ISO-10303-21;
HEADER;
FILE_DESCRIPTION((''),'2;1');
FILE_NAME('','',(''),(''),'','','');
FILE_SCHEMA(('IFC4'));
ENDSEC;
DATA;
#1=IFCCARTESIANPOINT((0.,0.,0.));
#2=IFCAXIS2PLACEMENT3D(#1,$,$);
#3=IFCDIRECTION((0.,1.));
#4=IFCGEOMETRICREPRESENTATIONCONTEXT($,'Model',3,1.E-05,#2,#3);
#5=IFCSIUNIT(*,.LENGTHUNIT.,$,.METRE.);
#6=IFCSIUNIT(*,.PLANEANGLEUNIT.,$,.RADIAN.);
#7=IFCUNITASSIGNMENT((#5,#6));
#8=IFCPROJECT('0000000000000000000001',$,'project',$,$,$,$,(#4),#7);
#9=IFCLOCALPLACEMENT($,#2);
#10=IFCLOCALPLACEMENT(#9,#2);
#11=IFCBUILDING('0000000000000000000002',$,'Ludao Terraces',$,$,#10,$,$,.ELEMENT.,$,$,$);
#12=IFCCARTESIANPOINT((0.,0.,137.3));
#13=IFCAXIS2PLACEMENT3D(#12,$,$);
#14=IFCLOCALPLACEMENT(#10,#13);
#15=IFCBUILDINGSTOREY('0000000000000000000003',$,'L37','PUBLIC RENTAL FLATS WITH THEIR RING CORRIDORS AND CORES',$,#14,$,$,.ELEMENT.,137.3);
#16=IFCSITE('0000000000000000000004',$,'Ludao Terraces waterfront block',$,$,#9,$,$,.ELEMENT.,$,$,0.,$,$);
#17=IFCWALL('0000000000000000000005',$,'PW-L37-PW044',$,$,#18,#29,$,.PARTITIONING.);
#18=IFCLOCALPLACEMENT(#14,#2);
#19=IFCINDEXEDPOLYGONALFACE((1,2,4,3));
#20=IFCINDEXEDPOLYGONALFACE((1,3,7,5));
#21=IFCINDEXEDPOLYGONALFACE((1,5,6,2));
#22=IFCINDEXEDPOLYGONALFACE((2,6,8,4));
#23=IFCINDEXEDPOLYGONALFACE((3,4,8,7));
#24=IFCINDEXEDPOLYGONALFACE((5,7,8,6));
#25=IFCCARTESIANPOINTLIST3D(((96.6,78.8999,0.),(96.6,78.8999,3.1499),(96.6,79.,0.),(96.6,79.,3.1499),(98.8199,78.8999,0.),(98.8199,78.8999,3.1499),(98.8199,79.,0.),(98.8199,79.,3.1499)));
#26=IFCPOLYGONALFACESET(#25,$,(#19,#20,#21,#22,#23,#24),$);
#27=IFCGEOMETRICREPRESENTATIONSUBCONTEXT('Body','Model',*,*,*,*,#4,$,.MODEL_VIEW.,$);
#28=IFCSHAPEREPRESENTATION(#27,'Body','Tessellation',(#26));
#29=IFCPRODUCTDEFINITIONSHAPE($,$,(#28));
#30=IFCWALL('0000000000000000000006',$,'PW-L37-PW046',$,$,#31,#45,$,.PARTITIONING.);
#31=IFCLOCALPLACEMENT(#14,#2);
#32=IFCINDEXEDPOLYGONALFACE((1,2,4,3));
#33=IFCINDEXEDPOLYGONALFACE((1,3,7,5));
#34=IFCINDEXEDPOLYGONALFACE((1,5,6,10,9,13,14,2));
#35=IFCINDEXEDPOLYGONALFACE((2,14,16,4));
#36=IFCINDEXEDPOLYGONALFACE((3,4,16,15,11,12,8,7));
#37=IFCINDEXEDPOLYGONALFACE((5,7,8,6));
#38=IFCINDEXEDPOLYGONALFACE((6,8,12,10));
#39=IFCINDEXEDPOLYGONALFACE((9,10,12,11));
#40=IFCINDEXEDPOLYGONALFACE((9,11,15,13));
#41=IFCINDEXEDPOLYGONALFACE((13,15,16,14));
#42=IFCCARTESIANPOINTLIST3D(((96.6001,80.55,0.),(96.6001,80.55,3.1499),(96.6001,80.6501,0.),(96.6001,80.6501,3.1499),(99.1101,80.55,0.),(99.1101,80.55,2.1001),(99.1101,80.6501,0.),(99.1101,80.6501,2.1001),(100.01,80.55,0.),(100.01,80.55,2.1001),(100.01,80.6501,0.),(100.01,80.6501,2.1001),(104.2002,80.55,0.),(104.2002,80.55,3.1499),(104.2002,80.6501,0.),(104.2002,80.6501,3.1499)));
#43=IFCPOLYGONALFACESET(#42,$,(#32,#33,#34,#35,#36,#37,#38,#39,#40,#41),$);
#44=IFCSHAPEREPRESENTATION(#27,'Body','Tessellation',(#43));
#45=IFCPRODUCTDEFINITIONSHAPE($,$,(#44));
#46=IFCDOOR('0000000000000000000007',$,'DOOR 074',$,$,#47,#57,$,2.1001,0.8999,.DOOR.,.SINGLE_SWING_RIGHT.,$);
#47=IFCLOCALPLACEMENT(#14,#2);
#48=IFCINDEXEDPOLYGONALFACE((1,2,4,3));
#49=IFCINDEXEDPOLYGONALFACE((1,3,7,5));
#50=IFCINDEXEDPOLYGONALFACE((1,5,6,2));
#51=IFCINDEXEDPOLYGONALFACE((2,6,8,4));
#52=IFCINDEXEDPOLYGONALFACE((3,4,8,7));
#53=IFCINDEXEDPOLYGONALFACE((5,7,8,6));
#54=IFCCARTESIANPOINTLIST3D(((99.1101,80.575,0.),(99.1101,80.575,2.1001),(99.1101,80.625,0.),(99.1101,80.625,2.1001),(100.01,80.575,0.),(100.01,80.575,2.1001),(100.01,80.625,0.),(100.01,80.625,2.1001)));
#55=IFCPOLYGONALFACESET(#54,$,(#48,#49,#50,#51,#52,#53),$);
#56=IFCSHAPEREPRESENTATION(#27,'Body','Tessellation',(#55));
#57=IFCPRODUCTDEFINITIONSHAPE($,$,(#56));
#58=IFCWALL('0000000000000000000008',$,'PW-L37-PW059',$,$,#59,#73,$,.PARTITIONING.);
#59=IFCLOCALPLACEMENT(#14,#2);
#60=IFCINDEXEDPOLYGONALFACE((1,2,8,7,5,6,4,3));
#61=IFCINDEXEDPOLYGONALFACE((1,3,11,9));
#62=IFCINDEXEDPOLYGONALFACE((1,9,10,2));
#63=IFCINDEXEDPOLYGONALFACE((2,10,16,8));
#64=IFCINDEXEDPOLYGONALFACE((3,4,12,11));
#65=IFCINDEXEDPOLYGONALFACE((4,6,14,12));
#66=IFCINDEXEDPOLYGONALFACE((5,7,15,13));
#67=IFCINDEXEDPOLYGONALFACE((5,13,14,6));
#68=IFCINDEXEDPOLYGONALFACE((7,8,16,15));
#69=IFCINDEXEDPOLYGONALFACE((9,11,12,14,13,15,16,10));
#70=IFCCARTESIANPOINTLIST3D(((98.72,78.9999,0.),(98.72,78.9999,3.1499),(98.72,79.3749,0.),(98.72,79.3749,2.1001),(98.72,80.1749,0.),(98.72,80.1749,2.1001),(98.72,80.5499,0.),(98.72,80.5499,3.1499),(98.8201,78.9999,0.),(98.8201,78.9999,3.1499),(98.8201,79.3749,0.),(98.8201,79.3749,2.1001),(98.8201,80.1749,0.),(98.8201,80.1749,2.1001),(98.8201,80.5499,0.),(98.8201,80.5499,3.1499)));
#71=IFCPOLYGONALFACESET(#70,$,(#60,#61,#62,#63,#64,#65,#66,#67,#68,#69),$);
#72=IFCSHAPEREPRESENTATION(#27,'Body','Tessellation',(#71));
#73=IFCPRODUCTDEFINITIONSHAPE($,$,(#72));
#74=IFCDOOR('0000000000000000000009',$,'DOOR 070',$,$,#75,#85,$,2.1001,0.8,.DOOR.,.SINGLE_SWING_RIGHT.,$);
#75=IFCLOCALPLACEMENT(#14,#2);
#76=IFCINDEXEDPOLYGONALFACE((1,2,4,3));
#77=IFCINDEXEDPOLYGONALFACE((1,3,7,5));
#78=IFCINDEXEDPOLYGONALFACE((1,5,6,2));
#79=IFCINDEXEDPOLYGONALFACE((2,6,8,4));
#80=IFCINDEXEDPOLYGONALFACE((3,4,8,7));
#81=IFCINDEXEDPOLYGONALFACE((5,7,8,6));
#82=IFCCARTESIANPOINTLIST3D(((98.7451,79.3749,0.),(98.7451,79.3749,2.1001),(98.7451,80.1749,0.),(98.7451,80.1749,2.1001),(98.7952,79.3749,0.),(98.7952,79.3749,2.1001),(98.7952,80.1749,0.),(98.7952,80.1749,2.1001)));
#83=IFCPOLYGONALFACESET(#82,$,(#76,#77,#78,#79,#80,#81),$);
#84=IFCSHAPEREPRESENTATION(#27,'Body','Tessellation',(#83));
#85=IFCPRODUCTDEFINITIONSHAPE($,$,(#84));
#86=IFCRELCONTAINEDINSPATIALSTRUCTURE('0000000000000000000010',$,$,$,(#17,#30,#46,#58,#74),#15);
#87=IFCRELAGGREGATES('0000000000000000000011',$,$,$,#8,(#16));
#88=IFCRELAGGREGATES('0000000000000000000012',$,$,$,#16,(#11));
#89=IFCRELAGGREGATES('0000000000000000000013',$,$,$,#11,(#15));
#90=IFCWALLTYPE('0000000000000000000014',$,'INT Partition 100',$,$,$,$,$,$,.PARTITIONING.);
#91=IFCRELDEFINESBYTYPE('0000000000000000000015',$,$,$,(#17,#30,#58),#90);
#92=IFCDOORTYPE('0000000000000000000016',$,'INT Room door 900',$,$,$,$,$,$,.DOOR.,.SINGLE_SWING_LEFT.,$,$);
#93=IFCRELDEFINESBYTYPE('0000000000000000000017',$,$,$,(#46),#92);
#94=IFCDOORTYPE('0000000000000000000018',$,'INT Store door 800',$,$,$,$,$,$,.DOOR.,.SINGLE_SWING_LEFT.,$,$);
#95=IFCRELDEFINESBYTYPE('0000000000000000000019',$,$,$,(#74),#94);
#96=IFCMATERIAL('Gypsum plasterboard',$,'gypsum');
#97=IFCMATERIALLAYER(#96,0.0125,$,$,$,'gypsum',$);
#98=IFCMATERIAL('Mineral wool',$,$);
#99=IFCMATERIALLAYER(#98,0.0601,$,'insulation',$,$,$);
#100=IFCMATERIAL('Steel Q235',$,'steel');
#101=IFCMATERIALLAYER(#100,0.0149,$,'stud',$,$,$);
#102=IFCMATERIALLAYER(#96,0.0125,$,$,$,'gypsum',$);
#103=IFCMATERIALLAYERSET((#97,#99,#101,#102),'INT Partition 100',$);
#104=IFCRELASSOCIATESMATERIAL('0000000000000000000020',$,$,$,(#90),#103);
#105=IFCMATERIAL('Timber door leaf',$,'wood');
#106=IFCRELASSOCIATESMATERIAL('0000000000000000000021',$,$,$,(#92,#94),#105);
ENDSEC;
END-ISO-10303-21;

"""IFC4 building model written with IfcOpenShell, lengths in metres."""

from ifc_helpers import new_model, si_unit, direction, frame, frame_2d, origin, place, context, subcontext, project, spatial, rectangle, extrude, material, layer, layer_set, type_object, element, fill, save


model = new_model("IFC4")

# Units and contexts
model_context = context("Model", 3, precision=1e-05, world=origin(), true_north=direction((0.0, 1.0)))
body_context = subcontext(model_context, "Body", "Model", "MODEL_VIEW")
ifc_project = project(units=[si_unit("LENGTHUNIT", "METRE"), si_unit("PLANEANGLEUNIT", "RADIAN")], contexts=[model_context])

# Site, building, storey
site_placement = place(None, origin())
site = spatial("IfcSite", under=ifc_project, at=site_placement, Name="Ludao Terraces waterfront block", CompositionType="ELEMENT", RefElevation=0.0)
building_placement = place(site_placement, origin())
building = spatial("IfcBuilding", under=site, at=building_placement, Name="Ludao Terraces", CompositionType="ELEMENT")
storey_placement = place(building_placement, frame((0.0, 0.0, 137.3)))
storey = spatial("IfcBuildingStorey", under=building, at=storey_placement, Name="L37", Description="PUBLIC RENTAL FLATS WITH THEIR RING CORRIDORS AND CORES", CompositionType="ELEMENT", Elevation=137.3)

# Shared definitions
ifc_material_1 = material(Name="Steel Q235", Category="steel")

# Shared definitions
ifc_material_2 = material(Name="Mineral wool")

# Wall
ifc_material_3 = material(Name="Gypsum plasterboard", Category="gypsum")
ifc_layer_1 = layer(ifc_material_3, 0.0125, Category="gypsum")
ifc_layer_2 = layer(ifc_material_2, 0.0601, Name="insulation")
ifc_layer_3 = layer(ifc_material_1, 0.0149, Name="stud")
ifc_layer_4 = layer(ifc_material_3, 0.0125, Category="gypsum")
ifc_layer_set_1 = layer_set([ifc_layer_1, ifc_layer_2, ifc_layer_3, ifc_layer_4], Name="INT Partition 100")
wall_type_1 = type_object("IfcWallType", Name="INT Partition 100", PredefinedType="PARTITIONING", material=ifc_layer_set_1)
for number, where, z_axis, x_axis, name in (
    (1, (96.6001, 78.95, 0.0), (0.0, 0.0, 1.0), (1.0, 0.0, 0.0), "PW-L37-PW044"),
):
    element("IfcWall", number, at=place(storey_placement, frame(where, z_axis=z_axis, x_axis=x_axis)), inside=storey, type_object=wall_type_1, Name=name, PredefinedType="PARTITIONING", context=body_context, shape_type="SweptSolid", body=[
        extrude(rectangle(XDim=2.22, YDim=0.1001, at=frame_2d((1.1099, 0.0))), origin(), (0.0, 0.0, 1.0), 3.1499),
    ])

# Walls, openings, doors
wall_1_placement = place(storey_placement, frame((96.6001, 80.6001, 0.0), z_axis=(0.0, 0.0, 1.0), x_axis=(1.0, 0.0, 0.0)))
wall_1 = element("IfcWall", 2, at=wall_1_placement, inside=storey, type_object=wall_type_1, Name="PW-L37-PW046", PredefinedType="PARTITIONING", context=body_context, shape_type="SweptSolid", body=[
    extrude(rectangle(XDim=7.6001, YDim=0.1001, at=frame_2d((3.8, 0.0))), origin(), (0.0, 0.0, 1.0), 3.1499),
])
opening_1_placement = place(wall_1_placement, frame((2.51, 0.0, 0.0)))
opening_1 = element("IfcOpeningElement", 3, at=opening_1_placement, cuts=wall_1, PredefinedType="OPENING", context=body_context, shape_type="SweptSolid", body=[
    extrude(rectangle(XDim=0.8999, YDim=2.1001, at=frame_2d((0.45, 1.05))), frame((0.0, 0.0601, 0.0), z_axis=(0.0, -1.0, 0.0), x_axis=(1.0, 0.0, 0.0)), (0.0, 0.0, 1.0), 0.1201),
])
ifc_material_4 = material(Name="Timber door leaf", Category="wood")
door_type_1 = type_object("IfcDoorType", Name="INT Room door 900", OperationType="SINGLE_SWING_LEFT", PredefinedType="DOOR", material=ifc_material_4)
door_1_placement = place(opening_1_placement, origin())
door_1 = element("IfcDoor", 4, at=door_1_placement, inside=storey, type_object=door_type_1, Name="DOOR 074", OperationType="SINGLE_SWING_RIGHT", OverallHeight=2.1001, OverallWidth=0.8999, PredefinedType="DOOR", context=body_context, shape_type="SweptSolid", body=[
    extrude(rectangle(XDim=0.8999, YDim=2.1001, at=frame_2d((0.45, 1.05))), frame((0.0, 0.0249, 0.0), z_axis=(0.0, -1.0, 0.0), x_axis=(1.0, 0.0, 0.0)), (0.0, 0.0, 1.0), 0.05),
])
fill(opening_1, door_1)
wall_2_placement = place(storey_placement, frame((98.77, 79.0, 0.0), z_axis=(0.0, 0.0, 1.0), x_axis=(0.0, 1.0, 0.0)))
wall_2 = element("IfcWall", 5, at=wall_2_placement, inside=storey, type_object=wall_type_1, Name="PW-L37-PW059", PredefinedType="PARTITIONING", context=body_context, shape_type="SweptSolid", body=[
    extrude(rectangle(XDim=1.55, YDim=0.1001, at=frame_2d((0.7749, 0.0))), origin(), (0.0, 0.0, 1.0), 3.1499),
])
opening_2_placement = place(wall_2_placement, frame((0.375, 0.0, 0.0)))
opening_2 = element("IfcOpeningElement", 6, at=opening_2_placement, cuts=wall_2, PredefinedType="OPENING", context=body_context, shape_type="SweptSolid", body=[
    extrude(rectangle(XDim=0.8, YDim=2.1001, at=frame_2d((0.3999, 1.05))), frame((0.0, 0.0601, 0.0), z_axis=(0.0, -1.0, 0.0), x_axis=(1.0, 0.0, 0.0)), (0.0, 0.0, 1.0), 0.1201),
])
door_type_2 = type_object("IfcDoorType", Name="INT Store door 800", OperationType="SINGLE_SWING_LEFT", PredefinedType="DOOR", material=ifc_material_4)
door_2_placement = place(opening_2_placement, origin())
door_2 = element("IfcDoor", 7, at=door_2_placement, inside=storey, type_object=door_type_2, Name="DOOR 070", OperationType="SINGLE_SWING_RIGHT", OverallHeight=2.1001, OverallWidth=0.8, PredefinedType="DOOR", context=body_context, shape_type="SweptSolid", body=[
    extrude(rectangle(XDim=0.8, YDim=2.1001, at=frame_2d((0.3999, 1.05))), frame((0.0, 0.0249, 0.0), z_axis=(0.0, -1.0, 0.0), x_axis=(1.0, 0.0, 0.0)), (0.0, 0.0, 1.0), 0.05),
])
fill(opening_2, door_2)

save(model, "model.ifc")
